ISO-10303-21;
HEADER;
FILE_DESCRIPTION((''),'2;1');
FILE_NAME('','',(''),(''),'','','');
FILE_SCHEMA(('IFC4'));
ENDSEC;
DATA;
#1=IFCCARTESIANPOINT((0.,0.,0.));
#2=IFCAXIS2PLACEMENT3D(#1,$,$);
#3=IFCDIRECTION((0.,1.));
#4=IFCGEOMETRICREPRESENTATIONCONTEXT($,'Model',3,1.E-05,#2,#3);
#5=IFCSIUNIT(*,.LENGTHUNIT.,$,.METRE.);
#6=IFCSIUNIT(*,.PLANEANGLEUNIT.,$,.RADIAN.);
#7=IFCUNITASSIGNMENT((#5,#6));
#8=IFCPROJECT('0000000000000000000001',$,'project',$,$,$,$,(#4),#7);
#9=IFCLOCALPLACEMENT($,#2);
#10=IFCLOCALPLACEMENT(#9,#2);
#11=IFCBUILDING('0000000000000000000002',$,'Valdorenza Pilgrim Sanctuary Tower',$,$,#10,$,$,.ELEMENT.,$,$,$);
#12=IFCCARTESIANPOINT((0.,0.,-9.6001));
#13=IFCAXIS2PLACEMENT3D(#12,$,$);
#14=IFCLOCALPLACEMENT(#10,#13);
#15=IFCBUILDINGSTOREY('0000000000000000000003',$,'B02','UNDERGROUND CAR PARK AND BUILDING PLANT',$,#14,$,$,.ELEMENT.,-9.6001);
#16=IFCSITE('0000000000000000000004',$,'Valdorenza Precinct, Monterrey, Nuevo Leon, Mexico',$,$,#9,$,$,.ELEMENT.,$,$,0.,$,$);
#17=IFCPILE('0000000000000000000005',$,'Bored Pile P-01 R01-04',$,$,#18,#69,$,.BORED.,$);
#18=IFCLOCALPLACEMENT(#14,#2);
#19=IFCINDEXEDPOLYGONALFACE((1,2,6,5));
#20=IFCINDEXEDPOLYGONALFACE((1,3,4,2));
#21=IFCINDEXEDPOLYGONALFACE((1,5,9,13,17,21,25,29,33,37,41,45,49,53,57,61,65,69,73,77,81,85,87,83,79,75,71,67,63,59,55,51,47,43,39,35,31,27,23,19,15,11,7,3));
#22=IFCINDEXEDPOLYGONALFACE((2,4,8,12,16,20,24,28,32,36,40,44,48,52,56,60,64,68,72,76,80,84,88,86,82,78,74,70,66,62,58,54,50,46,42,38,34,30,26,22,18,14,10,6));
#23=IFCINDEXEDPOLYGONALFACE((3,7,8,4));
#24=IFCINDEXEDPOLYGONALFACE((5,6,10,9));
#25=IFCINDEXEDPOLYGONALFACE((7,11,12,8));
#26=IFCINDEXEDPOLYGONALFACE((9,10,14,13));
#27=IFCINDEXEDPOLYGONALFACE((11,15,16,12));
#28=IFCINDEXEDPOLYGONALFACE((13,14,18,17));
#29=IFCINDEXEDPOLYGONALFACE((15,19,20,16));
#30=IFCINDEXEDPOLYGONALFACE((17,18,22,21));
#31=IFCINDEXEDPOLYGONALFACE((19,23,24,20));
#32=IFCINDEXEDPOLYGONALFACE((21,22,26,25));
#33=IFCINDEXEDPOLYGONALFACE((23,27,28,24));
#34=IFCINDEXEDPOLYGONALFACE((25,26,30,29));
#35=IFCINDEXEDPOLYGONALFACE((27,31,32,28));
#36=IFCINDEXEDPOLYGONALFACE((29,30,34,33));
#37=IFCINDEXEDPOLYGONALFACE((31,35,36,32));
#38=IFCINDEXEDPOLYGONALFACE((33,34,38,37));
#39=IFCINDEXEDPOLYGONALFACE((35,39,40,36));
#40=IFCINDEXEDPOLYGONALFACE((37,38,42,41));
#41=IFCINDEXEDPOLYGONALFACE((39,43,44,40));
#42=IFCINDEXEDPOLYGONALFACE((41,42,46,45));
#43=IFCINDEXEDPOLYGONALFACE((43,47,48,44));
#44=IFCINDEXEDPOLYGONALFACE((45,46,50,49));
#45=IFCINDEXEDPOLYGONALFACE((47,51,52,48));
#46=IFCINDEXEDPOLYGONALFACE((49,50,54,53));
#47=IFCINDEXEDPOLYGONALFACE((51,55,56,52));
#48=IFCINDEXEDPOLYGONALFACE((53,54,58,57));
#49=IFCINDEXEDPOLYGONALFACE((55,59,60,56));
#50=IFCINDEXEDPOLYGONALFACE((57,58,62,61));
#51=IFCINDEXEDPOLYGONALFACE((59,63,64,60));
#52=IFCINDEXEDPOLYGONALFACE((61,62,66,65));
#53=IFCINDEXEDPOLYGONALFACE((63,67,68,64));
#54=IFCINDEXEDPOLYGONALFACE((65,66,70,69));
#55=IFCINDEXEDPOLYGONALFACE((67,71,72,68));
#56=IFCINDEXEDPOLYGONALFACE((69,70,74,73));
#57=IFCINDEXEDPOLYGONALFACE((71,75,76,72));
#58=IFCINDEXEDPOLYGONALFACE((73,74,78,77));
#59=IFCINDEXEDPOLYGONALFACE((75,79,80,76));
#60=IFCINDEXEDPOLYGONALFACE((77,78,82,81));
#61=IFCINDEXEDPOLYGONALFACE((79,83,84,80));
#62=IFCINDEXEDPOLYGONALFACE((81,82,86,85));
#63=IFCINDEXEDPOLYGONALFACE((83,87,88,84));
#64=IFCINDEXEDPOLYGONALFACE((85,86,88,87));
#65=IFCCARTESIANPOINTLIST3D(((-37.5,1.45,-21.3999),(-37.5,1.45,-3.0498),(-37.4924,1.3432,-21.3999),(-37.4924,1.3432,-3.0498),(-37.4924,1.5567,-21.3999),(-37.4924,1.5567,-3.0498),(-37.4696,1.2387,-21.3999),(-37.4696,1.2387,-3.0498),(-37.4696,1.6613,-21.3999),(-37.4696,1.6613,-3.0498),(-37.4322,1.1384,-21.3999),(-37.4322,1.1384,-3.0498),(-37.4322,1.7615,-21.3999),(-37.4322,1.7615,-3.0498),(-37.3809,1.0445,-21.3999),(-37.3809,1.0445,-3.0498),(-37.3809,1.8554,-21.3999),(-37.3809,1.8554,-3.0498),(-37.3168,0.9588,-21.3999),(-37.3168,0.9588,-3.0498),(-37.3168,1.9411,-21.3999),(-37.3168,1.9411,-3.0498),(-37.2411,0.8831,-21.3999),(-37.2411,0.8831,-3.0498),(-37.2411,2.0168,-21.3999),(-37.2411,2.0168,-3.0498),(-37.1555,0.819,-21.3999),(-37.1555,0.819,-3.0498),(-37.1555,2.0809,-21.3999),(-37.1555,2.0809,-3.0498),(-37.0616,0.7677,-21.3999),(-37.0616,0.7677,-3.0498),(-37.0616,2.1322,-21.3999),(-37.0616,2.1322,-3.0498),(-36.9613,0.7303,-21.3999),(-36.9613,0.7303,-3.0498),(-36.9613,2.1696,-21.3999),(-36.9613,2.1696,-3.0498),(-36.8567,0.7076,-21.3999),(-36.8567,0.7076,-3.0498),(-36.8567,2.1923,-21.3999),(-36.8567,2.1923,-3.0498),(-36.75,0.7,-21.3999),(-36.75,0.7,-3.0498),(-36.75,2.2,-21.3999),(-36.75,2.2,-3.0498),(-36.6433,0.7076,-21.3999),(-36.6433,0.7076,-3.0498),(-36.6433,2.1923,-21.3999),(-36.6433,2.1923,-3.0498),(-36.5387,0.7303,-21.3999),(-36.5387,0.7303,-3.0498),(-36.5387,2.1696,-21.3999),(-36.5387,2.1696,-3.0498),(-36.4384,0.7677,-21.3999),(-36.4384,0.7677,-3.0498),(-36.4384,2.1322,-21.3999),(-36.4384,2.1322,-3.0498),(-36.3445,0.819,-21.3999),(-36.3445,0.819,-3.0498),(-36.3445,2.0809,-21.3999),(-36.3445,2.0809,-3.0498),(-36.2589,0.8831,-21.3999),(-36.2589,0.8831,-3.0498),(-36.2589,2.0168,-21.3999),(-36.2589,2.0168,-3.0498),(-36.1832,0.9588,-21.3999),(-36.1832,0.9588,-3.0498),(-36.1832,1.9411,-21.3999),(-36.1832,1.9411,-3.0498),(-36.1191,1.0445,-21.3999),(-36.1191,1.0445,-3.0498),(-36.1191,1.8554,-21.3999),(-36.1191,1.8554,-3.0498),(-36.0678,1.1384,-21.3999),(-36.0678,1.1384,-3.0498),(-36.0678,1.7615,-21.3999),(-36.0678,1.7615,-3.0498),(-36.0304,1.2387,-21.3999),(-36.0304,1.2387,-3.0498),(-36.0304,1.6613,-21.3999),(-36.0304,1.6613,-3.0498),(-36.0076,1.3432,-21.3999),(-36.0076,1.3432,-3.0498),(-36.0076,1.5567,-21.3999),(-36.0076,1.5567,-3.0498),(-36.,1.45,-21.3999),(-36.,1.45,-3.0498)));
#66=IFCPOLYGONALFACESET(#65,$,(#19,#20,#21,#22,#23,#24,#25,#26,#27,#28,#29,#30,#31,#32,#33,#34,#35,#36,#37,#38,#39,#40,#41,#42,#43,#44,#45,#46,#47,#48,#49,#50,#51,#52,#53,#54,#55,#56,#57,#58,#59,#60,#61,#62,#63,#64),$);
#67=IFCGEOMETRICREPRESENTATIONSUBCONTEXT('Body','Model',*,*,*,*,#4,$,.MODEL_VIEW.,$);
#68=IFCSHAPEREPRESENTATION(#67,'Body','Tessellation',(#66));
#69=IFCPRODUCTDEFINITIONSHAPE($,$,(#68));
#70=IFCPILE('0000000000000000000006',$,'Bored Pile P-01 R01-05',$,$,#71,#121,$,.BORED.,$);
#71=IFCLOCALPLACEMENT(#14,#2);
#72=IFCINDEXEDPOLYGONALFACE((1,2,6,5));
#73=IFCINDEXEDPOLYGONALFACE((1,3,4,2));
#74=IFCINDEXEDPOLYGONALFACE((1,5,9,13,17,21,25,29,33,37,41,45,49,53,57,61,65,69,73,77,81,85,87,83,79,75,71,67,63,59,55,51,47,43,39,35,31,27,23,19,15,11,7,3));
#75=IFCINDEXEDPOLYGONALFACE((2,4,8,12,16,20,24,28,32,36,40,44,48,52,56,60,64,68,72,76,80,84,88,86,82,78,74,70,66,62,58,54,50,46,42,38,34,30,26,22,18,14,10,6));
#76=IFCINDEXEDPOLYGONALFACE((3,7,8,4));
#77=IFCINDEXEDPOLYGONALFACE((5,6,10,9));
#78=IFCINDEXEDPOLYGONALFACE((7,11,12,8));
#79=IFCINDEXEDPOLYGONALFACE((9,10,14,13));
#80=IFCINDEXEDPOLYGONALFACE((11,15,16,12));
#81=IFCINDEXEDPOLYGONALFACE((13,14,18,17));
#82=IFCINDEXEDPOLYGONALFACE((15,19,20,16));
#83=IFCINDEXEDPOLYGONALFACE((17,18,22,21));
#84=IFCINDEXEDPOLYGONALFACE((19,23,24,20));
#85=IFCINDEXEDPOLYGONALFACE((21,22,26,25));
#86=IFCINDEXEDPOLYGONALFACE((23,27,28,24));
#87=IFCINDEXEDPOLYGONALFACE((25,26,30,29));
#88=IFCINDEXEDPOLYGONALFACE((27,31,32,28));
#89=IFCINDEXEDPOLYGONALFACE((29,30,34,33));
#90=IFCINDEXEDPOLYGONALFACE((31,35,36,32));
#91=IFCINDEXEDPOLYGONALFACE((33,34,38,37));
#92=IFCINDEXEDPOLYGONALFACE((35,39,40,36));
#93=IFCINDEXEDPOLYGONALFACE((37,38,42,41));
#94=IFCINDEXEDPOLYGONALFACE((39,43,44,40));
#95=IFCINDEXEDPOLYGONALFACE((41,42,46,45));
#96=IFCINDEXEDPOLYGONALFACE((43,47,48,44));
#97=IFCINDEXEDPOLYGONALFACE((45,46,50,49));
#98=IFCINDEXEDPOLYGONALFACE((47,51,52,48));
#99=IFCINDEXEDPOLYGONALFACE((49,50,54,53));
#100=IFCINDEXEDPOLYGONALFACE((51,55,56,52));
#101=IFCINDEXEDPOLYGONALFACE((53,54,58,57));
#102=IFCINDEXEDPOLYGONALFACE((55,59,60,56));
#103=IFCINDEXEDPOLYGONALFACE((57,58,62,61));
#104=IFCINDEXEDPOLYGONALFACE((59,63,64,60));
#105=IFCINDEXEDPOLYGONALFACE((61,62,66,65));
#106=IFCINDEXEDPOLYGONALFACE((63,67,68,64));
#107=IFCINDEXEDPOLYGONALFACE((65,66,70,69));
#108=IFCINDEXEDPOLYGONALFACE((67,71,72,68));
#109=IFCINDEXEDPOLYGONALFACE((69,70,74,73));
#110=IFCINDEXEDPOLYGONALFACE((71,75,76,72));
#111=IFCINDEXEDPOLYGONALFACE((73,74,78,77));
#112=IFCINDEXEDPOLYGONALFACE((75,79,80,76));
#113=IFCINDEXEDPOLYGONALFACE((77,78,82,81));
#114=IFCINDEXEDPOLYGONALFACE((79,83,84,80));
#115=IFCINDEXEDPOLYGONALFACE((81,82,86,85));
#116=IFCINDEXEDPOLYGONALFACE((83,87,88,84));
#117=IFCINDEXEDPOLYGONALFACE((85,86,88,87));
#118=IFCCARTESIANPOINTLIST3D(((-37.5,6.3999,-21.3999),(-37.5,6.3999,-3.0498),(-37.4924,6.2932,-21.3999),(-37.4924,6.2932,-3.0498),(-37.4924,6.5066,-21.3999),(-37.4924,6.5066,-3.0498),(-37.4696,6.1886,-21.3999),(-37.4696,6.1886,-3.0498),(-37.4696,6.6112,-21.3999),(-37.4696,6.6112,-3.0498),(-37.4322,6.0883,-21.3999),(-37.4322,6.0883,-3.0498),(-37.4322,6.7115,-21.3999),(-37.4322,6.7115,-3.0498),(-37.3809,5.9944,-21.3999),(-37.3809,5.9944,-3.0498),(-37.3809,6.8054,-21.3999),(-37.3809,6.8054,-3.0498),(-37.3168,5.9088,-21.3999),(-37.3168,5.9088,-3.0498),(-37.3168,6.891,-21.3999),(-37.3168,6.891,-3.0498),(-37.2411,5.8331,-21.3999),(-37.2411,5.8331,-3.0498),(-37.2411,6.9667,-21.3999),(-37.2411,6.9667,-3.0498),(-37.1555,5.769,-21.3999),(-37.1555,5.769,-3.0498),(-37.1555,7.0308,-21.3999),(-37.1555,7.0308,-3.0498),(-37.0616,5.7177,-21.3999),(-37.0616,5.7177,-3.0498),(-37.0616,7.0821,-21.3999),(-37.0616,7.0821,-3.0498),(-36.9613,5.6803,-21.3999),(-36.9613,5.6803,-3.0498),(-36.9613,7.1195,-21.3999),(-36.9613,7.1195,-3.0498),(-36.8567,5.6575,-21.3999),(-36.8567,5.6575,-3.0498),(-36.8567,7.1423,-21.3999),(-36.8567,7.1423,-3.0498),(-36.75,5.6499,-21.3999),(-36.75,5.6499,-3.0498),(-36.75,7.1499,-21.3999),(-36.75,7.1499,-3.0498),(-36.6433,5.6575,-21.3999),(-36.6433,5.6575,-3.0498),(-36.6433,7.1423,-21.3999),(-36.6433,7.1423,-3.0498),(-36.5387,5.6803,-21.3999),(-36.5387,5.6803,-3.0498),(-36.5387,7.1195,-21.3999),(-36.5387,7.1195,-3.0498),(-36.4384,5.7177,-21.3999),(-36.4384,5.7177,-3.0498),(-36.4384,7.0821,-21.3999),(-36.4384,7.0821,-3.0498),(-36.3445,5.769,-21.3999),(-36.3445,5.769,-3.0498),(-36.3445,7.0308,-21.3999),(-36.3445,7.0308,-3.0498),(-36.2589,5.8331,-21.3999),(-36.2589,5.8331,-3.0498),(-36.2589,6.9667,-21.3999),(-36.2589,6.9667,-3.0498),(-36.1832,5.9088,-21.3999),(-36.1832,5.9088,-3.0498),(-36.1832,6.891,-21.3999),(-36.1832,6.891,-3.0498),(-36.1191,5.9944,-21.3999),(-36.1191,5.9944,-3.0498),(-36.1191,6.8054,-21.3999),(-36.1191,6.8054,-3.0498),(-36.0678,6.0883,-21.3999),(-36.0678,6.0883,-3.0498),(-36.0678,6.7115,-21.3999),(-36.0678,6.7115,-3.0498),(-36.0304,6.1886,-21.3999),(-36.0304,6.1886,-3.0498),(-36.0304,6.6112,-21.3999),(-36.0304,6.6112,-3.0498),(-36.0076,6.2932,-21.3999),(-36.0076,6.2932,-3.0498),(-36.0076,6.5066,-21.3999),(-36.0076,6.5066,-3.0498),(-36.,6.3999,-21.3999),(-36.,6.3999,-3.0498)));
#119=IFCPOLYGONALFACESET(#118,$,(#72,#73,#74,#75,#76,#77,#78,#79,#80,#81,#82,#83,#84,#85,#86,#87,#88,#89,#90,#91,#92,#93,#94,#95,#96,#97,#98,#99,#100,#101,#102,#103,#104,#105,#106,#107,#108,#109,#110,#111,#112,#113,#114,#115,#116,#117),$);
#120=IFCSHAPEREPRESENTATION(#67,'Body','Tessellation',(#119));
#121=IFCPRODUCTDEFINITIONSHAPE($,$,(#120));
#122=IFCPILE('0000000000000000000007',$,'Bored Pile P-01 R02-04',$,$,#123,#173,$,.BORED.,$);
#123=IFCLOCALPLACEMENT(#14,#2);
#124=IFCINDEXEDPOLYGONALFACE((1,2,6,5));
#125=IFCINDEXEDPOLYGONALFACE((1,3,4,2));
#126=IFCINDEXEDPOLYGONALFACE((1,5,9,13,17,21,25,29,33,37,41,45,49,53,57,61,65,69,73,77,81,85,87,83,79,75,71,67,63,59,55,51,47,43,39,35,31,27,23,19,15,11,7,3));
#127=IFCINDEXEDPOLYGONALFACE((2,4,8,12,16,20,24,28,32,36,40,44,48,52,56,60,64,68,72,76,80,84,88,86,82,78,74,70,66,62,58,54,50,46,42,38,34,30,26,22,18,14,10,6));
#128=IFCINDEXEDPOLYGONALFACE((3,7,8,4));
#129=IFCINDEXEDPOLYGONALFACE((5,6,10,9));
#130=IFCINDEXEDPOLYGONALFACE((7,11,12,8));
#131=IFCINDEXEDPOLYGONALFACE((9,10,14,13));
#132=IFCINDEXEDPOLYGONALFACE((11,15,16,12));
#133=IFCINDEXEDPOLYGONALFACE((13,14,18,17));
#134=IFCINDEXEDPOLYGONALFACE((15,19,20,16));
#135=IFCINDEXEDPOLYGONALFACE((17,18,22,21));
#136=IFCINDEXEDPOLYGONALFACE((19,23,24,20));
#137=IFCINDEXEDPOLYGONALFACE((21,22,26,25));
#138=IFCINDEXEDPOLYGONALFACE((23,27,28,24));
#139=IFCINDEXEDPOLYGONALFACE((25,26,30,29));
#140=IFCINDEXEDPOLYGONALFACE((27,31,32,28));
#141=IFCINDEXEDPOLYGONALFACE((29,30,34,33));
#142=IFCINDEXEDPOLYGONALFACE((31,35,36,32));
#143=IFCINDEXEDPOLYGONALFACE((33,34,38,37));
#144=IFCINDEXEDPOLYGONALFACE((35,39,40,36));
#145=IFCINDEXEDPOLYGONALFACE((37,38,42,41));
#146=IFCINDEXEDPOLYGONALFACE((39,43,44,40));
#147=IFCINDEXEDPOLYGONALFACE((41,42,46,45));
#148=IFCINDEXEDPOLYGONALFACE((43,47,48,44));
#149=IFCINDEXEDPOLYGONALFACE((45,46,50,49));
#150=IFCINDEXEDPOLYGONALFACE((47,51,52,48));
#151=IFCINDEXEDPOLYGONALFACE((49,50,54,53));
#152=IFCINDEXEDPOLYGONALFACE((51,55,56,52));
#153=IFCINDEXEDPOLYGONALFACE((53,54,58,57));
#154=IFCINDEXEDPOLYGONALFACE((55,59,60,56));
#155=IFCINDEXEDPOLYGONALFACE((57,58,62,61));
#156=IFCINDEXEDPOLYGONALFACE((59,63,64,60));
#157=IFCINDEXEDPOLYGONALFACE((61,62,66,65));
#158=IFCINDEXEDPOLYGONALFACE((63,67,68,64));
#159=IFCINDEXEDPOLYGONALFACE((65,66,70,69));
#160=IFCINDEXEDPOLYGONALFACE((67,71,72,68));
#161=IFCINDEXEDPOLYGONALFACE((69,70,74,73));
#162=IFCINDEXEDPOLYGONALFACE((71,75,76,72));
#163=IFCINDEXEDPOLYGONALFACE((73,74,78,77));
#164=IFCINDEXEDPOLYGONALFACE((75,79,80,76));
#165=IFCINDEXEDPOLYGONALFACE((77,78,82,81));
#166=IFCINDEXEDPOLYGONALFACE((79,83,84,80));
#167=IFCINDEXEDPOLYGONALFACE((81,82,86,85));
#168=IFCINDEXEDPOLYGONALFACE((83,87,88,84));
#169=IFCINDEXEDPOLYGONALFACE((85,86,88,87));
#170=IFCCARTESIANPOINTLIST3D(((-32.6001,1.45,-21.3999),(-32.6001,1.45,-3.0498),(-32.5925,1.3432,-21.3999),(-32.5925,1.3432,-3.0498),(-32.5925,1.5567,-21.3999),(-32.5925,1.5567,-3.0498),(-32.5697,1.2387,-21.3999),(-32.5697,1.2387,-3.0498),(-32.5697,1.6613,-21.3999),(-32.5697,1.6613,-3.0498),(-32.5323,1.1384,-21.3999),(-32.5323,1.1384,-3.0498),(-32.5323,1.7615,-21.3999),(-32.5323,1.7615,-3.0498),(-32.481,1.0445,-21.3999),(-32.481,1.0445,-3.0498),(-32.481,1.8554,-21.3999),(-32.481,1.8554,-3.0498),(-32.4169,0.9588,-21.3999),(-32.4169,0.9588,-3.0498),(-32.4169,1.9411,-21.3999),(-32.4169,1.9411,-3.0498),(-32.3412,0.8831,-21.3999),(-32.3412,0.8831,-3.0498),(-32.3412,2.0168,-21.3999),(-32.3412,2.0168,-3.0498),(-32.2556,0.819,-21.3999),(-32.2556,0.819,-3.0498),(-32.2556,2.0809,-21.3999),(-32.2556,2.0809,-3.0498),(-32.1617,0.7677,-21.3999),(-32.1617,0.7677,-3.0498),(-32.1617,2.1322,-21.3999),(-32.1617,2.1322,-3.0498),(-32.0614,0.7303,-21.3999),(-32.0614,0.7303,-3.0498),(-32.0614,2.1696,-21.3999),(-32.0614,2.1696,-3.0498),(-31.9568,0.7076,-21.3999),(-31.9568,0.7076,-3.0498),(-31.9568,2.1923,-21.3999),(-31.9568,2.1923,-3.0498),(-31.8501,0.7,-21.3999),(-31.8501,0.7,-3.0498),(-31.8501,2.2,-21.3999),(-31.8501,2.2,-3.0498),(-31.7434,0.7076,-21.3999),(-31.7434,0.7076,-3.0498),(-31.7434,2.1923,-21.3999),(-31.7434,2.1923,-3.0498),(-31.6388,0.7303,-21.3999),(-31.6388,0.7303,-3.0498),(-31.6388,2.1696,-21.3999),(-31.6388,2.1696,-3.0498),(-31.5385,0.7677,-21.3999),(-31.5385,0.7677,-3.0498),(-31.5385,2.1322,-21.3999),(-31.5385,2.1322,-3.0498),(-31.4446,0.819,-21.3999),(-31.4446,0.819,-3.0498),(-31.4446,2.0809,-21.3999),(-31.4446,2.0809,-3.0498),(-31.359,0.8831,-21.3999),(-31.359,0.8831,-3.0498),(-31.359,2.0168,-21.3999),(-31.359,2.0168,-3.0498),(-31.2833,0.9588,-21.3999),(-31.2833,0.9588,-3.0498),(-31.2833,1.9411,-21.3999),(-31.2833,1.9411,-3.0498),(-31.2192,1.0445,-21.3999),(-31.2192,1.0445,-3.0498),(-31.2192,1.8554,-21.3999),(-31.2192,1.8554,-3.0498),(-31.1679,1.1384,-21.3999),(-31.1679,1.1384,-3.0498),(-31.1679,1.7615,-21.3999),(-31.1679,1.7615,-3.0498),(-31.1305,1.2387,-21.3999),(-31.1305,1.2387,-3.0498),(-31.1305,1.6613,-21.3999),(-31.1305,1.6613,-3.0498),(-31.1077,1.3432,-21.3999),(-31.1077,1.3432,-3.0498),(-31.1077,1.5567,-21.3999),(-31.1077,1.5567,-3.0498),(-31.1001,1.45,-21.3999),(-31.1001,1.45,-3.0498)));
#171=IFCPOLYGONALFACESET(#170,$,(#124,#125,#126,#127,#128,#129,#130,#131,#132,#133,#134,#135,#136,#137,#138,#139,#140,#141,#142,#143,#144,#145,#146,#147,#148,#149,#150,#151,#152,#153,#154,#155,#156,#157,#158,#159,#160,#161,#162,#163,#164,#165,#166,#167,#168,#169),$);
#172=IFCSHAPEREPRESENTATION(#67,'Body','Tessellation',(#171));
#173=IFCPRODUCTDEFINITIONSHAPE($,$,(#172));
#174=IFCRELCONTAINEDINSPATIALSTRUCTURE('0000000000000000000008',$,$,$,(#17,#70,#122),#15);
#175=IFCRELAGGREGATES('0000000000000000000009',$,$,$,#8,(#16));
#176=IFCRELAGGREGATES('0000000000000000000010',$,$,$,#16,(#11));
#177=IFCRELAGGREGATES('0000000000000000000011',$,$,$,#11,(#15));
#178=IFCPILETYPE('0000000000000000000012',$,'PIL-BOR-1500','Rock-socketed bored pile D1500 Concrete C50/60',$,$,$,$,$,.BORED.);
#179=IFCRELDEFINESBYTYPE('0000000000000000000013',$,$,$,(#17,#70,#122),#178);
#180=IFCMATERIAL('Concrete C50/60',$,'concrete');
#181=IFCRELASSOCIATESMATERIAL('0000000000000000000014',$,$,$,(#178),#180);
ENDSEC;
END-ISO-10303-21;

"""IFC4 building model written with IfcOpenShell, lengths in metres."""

from ifc_helpers import new_model, si_unit, direction, frame, origin, origin_2d, place, context, subcontext, project, spatial, circle, extrude, source, transform, mapped, material, material_profile, profile_set, type_object, element, save


model = new_model("IFC4")

# Units and contexts
model_context = context("Model", 3, precision=1e-05, world=origin(), true_north=direction((0.0, 1.0)))
body_context = subcontext(model_context, "Body", "Model", "MODEL_VIEW")
ifc_project = project(units=[si_unit("LENGTHUNIT", "METRE"), si_unit("PLANEANGLEUNIT", "RADIAN")], contexts=[model_context])

# Site, building, storey
site_placement = place(None, origin())
site = spatial("IfcSite", under=ifc_project, at=site_placement, Name="Valdorenza Precinct, Monterrey, Nuevo Leon, Mexico", CompositionType="ELEMENT", RefElevation=0.0)
building_placement = place(site_placement, origin())
building = spatial("IfcBuilding", under=site, at=building_placement, Name="Valdorenza Pilgrim Sanctuary Tower", CompositionType="ELEMENT")
storey_placement = place(building_placement, frame((0.0, 0.0, -9.6001)))
storey = spatial("IfcBuildingStorey", under=building, at=storey_placement, Name="B02", Description="UNDERGROUND CAR PARK AND BUILDING PLANT", CompositionType="ELEMENT", Elevation=-9.6001)

# Piles
ifc_material_1 = material(Name="Concrete C50/60", Category="concrete")
ifc_material_profile_1 = material_profile(ifc_material_1, circle(Radius=0.75, at=origin_2d()), Name="BORED PILE 1500")
ifc_profile_set_1 = profile_set([ifc_material_profile_1], Name="Concrete C50/60")
pile_type = type_object("IfcPileType", Name="PIL-BOR-1500", Description="Rock-socketed bored pile D1500 Concrete C50/60", PredefinedType="BORED", material=ifc_profile_set_1)
shared_shape_1 = source(origin(), body_context, "Body", "SweptSolid", [
    extrude(circle(Radius=0.75, at=origin_2d()), origin(), (0.0, 0.0, 1.0), 18.3501),
])
for number, where, z_axis, x_axis, name in (
    (1, (-36.75, 1.45, -3.0498), (0.0, 0.0, -1.0), (1.0, 0.0, 0.0), "Bored Pile P-01 R01-04"),
    (2, (-36.75, 6.3999, -3.0498), (0.0, 0.0, -1.0), (1.0, 0.0, 0.0), "Bored Pile P-01 R01-05"),
    (3, (-31.8501, 1.45, -3.0498), (0.0, 0.0, -1.0), (1.0, 0.0, 0.0), "Bored Pile P-01 R02-04"),
):
    element("IfcPile", number, at=place(storey_placement, frame(where, z_axis=z_axis, x_axis=x_axis)), inside=storey, type_object=pile_type, Name=name, PredefinedType="BORED", context=body_context, shape_type="MappedRepresentation", body=[
        mapped(shared_shape_1, transform((0.0, 0.0, 0.0), x_axis=(1.0, 0.0, 0.0), y_axis=(0.0, 1.0, 0.0), z_axis=(0.0, 0.0, 1.0), scale=1.0)),
    ])

save(model, "model.ifc")
